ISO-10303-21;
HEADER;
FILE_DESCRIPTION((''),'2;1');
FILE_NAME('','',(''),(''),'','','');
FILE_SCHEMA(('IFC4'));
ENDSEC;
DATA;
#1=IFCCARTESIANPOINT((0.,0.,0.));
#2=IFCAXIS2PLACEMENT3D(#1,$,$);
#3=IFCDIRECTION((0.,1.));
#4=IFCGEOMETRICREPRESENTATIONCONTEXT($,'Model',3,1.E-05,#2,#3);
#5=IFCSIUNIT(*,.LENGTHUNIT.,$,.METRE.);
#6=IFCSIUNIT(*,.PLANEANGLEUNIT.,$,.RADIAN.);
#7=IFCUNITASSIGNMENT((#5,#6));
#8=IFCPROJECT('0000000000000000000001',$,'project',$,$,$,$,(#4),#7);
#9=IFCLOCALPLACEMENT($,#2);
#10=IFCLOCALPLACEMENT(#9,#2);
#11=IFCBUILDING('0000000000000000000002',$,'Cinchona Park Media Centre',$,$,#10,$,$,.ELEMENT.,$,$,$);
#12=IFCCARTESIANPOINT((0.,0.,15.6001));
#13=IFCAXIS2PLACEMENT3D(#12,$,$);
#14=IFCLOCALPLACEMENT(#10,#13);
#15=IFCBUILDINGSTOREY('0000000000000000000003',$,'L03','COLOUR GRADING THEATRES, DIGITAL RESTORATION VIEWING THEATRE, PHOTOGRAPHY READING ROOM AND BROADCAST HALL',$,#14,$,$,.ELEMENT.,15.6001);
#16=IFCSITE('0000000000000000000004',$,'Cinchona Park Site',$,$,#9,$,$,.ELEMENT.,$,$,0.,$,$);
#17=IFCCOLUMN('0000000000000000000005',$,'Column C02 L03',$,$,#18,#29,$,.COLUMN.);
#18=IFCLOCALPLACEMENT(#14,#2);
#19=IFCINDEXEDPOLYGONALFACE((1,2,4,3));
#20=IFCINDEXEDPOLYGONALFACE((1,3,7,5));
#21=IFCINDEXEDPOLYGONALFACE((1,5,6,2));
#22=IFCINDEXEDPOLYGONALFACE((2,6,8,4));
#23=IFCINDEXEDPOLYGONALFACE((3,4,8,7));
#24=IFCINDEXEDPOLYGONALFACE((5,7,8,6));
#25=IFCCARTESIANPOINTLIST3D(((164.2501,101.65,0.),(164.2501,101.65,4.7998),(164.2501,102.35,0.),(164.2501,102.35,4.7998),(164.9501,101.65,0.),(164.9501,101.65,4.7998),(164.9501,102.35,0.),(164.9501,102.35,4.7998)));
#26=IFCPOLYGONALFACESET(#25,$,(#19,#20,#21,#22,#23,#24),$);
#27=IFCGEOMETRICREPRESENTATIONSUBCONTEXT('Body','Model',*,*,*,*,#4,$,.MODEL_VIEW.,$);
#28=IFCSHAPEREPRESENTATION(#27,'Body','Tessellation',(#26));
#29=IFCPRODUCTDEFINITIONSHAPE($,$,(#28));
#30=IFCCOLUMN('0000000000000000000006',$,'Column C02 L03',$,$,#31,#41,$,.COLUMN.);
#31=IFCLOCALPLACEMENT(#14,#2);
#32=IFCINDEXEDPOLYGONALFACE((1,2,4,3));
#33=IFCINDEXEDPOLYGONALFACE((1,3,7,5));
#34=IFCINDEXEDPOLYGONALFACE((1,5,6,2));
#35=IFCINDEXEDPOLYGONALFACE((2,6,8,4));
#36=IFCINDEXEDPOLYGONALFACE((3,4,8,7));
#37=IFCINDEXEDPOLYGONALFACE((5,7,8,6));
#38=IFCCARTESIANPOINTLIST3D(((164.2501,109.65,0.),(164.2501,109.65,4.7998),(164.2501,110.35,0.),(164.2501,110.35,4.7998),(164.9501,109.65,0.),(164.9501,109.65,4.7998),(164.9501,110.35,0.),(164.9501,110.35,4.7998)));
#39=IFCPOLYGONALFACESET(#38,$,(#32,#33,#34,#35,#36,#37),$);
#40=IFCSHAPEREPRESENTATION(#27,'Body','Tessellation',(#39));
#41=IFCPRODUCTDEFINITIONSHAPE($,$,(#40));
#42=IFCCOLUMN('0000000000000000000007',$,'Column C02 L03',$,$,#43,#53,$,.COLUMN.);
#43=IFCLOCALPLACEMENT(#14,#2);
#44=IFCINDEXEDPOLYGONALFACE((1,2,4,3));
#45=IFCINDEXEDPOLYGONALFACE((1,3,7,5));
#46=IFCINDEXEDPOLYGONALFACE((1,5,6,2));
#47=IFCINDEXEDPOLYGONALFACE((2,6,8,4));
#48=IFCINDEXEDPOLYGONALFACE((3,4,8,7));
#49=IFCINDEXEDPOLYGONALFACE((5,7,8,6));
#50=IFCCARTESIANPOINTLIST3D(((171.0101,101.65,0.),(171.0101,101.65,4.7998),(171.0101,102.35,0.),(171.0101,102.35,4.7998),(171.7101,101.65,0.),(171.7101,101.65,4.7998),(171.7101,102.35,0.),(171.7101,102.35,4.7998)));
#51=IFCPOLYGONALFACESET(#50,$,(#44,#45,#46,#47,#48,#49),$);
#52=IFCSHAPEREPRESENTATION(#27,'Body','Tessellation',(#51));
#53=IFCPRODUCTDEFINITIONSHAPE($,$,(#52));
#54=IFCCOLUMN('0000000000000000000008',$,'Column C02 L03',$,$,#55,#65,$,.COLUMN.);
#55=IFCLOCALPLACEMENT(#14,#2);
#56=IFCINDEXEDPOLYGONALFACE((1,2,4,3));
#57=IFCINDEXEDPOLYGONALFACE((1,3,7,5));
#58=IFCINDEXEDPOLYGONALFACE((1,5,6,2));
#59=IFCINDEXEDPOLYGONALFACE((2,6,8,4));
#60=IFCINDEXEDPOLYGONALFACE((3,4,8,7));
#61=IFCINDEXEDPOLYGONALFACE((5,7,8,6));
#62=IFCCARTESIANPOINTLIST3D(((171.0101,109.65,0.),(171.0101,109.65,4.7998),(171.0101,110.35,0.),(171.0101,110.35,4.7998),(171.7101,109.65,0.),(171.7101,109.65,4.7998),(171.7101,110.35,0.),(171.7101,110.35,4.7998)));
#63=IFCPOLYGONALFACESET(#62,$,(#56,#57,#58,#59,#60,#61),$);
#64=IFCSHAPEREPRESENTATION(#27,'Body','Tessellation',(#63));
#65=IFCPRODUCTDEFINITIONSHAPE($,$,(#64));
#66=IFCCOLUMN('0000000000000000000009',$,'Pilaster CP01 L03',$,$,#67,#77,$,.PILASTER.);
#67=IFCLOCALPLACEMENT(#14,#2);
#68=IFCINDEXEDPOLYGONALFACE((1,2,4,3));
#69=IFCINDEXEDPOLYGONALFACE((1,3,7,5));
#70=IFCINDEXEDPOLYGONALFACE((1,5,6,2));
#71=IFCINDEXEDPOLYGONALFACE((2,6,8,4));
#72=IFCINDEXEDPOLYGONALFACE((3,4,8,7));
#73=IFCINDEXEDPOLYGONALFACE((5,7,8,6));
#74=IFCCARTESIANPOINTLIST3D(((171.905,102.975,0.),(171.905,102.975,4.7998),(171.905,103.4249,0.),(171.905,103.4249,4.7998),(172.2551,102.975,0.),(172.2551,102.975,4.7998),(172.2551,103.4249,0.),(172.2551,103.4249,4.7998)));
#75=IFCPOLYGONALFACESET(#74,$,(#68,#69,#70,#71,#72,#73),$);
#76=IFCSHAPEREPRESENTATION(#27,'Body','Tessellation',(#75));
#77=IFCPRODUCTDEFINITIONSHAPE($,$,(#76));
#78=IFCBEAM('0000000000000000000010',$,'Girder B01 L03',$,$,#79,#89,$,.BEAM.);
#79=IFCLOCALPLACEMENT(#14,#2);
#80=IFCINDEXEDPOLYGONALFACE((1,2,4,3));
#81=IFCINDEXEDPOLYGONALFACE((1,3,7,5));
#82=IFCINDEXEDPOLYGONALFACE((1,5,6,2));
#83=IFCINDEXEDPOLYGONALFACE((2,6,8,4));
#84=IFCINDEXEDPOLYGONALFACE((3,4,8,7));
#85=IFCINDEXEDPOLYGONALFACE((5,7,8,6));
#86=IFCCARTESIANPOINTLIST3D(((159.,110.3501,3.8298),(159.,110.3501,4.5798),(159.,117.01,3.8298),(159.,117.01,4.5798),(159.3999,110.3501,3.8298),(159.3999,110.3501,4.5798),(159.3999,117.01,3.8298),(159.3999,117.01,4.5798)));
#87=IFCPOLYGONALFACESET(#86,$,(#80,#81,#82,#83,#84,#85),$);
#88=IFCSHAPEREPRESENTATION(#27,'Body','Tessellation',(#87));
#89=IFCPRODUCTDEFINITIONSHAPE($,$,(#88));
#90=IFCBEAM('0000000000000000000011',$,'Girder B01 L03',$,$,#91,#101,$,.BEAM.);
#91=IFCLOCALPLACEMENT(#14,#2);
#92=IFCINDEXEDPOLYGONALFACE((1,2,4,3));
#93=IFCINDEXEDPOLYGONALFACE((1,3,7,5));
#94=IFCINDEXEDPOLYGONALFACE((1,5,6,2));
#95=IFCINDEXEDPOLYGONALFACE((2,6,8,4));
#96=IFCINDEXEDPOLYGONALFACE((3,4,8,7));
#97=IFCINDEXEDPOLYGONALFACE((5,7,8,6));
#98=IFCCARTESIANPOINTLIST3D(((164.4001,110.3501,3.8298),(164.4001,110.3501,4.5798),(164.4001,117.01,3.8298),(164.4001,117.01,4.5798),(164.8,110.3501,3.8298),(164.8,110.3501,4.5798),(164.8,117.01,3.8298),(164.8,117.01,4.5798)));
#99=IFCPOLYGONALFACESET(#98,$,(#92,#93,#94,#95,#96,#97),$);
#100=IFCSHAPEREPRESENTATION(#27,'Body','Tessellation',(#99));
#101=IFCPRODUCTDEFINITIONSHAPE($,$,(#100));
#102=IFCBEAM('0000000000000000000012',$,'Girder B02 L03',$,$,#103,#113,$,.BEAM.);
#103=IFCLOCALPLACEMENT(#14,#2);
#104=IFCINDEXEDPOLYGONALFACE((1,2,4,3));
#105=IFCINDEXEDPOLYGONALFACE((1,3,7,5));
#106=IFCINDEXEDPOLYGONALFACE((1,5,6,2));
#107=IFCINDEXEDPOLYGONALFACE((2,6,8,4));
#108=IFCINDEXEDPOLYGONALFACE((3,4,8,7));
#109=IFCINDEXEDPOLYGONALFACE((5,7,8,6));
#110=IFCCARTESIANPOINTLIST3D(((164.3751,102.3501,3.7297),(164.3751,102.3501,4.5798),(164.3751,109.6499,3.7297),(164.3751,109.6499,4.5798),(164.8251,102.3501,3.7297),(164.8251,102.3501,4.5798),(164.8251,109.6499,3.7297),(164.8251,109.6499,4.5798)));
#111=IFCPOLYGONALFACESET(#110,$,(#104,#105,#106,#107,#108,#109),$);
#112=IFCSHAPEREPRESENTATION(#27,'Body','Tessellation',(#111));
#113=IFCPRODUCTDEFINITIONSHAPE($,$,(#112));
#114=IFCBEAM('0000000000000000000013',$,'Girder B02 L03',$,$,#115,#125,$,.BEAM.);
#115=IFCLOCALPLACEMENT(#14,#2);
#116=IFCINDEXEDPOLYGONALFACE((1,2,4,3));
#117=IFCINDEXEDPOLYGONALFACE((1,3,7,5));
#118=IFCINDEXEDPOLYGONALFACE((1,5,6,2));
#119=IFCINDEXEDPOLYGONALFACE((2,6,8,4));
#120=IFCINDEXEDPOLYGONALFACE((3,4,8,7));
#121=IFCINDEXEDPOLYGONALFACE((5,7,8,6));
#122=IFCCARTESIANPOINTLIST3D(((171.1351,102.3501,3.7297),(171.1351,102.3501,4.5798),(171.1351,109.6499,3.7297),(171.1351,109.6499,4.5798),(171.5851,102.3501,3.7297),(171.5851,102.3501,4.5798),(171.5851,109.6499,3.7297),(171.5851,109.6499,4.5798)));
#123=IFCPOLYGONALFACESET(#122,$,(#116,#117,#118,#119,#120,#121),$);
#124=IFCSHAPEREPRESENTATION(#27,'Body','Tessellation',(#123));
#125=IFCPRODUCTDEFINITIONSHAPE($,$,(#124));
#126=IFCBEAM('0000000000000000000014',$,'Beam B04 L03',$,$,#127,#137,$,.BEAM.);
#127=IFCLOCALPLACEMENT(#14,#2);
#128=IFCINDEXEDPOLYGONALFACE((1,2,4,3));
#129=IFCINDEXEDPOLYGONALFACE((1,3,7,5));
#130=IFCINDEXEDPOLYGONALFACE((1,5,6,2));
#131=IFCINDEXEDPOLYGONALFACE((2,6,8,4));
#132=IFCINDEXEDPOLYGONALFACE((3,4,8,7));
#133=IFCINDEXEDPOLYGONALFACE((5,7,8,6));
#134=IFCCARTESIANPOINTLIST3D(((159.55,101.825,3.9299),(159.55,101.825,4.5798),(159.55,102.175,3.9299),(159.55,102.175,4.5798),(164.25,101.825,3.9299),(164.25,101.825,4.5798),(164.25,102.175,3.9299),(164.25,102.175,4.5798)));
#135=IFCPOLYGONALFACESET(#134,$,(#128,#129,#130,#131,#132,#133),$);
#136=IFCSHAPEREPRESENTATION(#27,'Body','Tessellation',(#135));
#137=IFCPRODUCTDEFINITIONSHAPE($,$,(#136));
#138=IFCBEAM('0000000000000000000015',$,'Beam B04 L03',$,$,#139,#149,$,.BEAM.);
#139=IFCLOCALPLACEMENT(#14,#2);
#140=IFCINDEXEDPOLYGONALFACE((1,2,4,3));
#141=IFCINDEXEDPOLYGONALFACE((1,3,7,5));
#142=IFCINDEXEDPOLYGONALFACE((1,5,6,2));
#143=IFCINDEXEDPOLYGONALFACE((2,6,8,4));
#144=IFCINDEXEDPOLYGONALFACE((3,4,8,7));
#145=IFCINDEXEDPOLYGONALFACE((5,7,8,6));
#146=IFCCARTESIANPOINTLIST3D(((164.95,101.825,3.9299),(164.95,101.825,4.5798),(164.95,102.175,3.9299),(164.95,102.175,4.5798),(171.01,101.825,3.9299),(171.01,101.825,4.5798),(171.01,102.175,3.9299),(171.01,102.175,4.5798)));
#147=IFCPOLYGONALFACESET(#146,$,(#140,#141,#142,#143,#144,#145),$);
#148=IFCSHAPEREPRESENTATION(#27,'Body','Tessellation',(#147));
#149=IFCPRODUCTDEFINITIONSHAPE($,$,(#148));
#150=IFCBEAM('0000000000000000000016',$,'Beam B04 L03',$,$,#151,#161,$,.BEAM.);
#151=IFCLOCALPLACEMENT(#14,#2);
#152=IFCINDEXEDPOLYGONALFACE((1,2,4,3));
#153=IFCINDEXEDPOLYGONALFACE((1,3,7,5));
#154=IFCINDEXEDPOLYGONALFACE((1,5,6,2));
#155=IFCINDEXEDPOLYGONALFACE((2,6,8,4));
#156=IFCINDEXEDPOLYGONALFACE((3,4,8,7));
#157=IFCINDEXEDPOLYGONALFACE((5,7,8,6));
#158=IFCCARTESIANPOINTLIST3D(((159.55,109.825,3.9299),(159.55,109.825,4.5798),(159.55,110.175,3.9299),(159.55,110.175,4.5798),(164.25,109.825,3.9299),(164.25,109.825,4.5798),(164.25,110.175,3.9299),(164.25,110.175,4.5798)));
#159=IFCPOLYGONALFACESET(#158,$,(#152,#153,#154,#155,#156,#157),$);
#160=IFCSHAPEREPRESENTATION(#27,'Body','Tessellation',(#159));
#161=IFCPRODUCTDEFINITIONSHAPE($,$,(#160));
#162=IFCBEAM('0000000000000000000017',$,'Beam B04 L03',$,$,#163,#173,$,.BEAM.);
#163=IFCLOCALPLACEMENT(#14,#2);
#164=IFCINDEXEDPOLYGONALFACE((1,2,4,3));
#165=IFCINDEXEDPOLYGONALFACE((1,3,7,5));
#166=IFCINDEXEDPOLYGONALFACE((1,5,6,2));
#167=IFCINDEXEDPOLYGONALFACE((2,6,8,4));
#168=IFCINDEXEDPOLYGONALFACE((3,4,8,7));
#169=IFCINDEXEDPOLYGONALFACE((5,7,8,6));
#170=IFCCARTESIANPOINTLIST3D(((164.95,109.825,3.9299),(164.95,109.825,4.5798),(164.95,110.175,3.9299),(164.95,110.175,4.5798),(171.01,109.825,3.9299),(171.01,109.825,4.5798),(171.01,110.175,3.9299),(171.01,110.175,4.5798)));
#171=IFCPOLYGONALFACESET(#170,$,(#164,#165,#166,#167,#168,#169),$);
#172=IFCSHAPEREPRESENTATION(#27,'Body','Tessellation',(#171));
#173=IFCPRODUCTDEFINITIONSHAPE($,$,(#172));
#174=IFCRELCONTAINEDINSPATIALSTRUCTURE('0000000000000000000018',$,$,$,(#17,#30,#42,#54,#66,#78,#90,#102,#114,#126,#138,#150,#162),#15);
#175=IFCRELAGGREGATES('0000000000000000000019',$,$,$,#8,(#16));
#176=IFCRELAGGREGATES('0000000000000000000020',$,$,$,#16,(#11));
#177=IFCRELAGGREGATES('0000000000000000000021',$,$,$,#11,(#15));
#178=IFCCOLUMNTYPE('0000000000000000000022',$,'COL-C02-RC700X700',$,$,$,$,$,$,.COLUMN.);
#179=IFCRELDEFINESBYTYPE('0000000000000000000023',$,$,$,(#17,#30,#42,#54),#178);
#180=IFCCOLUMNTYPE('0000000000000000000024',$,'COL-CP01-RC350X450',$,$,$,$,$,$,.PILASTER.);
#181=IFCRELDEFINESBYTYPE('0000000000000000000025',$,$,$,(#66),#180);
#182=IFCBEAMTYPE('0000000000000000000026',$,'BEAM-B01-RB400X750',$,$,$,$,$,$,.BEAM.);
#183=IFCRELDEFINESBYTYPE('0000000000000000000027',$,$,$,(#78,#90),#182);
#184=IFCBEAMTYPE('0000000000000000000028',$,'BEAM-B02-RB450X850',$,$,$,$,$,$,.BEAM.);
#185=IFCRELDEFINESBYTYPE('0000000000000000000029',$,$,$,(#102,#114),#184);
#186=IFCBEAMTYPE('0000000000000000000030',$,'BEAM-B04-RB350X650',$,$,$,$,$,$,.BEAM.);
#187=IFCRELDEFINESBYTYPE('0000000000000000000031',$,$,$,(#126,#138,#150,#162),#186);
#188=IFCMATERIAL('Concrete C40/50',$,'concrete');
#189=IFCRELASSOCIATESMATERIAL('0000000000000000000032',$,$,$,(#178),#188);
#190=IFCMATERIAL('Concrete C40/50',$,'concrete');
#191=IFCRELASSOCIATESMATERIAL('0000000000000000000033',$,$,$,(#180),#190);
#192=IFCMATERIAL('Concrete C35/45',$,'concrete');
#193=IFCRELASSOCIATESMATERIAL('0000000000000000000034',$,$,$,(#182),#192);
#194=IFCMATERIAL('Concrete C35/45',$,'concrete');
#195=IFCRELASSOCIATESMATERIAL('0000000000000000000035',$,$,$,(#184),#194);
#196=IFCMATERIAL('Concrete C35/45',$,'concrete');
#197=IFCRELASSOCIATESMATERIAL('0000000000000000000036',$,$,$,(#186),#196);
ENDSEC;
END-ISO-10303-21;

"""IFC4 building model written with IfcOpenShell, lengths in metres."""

from ifc_helpers import new_model, si_unit, direction, frame, origin, origin_2d, place, context, subcontext, project, spatial, rectangle, extrude, material, material_profile, profile_set, type_object, element, save


model = new_model("IFC4")

# Units and contexts
model_context = context("Model", 3, precision=1e-05, world=origin(), true_north=direction((0.0, 1.0)))
body_context = subcontext(model_context, "Body", "Model", "MODEL_VIEW")
ifc_project = project(units=[si_unit("LENGTHUNIT", "METRE"), si_unit("PLANEANGLEUNIT", "RADIAN")], contexts=[model_context])

# Site, building, storey
site_placement = place(None, origin())
site = spatial("IfcSite", under=ifc_project, at=site_placement, Name="Cinchona Park Site", CompositionType="ELEMENT", RefElevation=0.0)
building_placement = place(site_placement, origin())
building = spatial("IfcBuilding", under=site, at=building_placement, Name="Cinchona Park Media Centre", CompositionType="ELEMENT")
storey_placement = place(building_placement, frame((0.0, 0.0, 15.6001)))
storey = spatial("IfcBuildingStorey", under=building, at=storey_placement, Name="L03", Description="COLOUR GRADING THEATRES, DIGITAL RESTORATION VIEWING THEATRE, PHOTOGRAPHY READING ROOM AND BROADCAST HALL", CompositionType="ELEMENT", Elevation=15.6001)

# Columns
ifc_material_1 = material(Name="Concrete C40/50", Category="concrete")
ifc_material_profile_1 = material_profile(ifc_material_1, rectangle(XDim=0.7, YDim=0.7, at=origin_2d()), Name="RC 700X700")
ifc_profile_set_1 = profile_set([ifc_material_profile_1], Name="Concrete C40/50")
column_type_1 = type_object("IfcColumnType", Name="COL-C02-RC700X700", PredefinedType="COLUMN", material=ifc_profile_set_1)
for number, where, z_axis, x_axis, name in (
    (1, (164.6001, 102.0, 0.0), (0.0, 0.0, 1.0), (1.0, 0.0, 0.0), "Column C02 L03"),
    (2, (164.6001, 110.0, 0.0), (0.0, 0.0, 1.0), (1.0, 0.0, 0.0), "Column C02 L03"),
    (3, (171.3601, 102.0, 0.0), (0.0, 0.0, 1.0), (1.0, 0.0, 0.0), "Column C02 L03"),
    (4, (171.3601, 110.0, 0.0), (0.0, 0.0, 1.0), (1.0, 0.0, 0.0), "Column C02 L03"),
):
    element("IfcColumn", number, at=place(storey_placement, frame(where, z_axis=z_axis, x_axis=x_axis)), inside=storey, type_object=column_type_1, Name=name, PredefinedType="COLUMN", context=body_context, shape_type="SweptSolid", body=[
        extrude(rectangle(XDim=0.7, YDim=0.7, at=origin_2d()), origin(), (0.0, 0.0, 1.0), 4.7998),
    ])
ifc_material_2 = material(Name="Concrete C40/50", Category="concrete")
ifc_material_profile_2 = material_profile(ifc_material_2, rectangle(XDim=0.3501, YDim=0.45, at=origin_2d()), Name="RC 350X450")
ifc_profile_set_2 = profile_set([ifc_material_profile_2], Name="Concrete C40/50")
column_type_2 = type_object("IfcColumnType", Name="COL-CP01-RC350X450", PredefinedType="PILASTER", material=ifc_profile_set_2)
column_placement = place(storey_placement, frame((172.0801, 103.2, 0.0), z_axis=(0.0, 0.0, 1.0), x_axis=(1.0, 0.0, 0.0)))
element("IfcColumn", 5, at=column_placement, inside=storey, type_object=column_type_2, Name="Pilaster CP01 L03", PredefinedType="PILASTER", context=body_context, shape_type="SweptSolid", body=[
    extrude(rectangle(XDim=0.3501, YDim=0.45, at=origin_2d()), origin(), (0.0, 0.0, 1.0), 4.7998),
])

# Beams
ifc_material_3 = material(Name="Concrete C35/45", Category="concrete")
ifc_material_profile_3 = material_profile(ifc_material_3, rectangle(XDim=0.3999, YDim=0.75, at=origin_2d()), Name="RB 400X750")
ifc_profile_set_3 = profile_set([ifc_material_profile_3], Name="Concrete C35/45")
beam_type_1 = type_object("IfcBeamType", Name="BEAM-B01-RB400X750", PredefinedType="BEAM", material=ifc_profile_set_3)
for number, where, z_axis, x_axis, name in (
    (6, (159.2, 110.3501, 4.2048), (0.0, 1.0, 0.0), (-1.0, 0.0, 0.0), "Girder B01 L03"),
    (7, (164.6001, 110.3501, 4.2048), (0.0, 1.0, 0.0), (-1.0, 0.0, 0.0), "Girder B01 L03"),
):
    element("IfcBeam", number, at=place(storey_placement, frame(where, z_axis=z_axis, x_axis=x_axis)), inside=storey, type_object=beam_type_1, Name=name, PredefinedType="BEAM", context=body_context, shape_type="SweptSolid", body=[
        extrude(rectangle(XDim=0.3999, YDim=0.75, at=origin_2d()), origin(), (0.0, 0.0, 1.0), 6.6599),
    ])
ifc_material_4 = material(Name="Concrete C35/45", Category="concrete")
ifc_material_profile_4 = material_profile(ifc_material_4, rectangle(XDim=0.45, YDim=0.8501, at=origin_2d()), Name="RB 450X850")
ifc_profile_set_4 = profile_set([ifc_material_profile_4], Name="Concrete C35/45")
beam_type_2 = type_object("IfcBeamType", Name="BEAM-B02-RB450X850", PredefinedType="BEAM", material=ifc_profile_set_4)
for number, where, z_axis, x_axis, name in (
    (8, (164.6001, 102.3501, 4.1548), (0.0, 1.0, 0.0), (-1.0, 0.0, 0.0), "Girder B02 L03"),
    (9, (171.3601, 102.3501, 4.1548), (0.0, 1.0, 0.0), (-1.0, 0.0, 0.0), "Girder B02 L03"),
):
    element("IfcBeam", number, at=place(storey_placement, frame(where, z_axis=z_axis, x_axis=x_axis)), inside=storey, type_object=beam_type_2, Name=name, PredefinedType="BEAM", context=body_context, shape_type="SweptSolid", body=[
        extrude(rectangle(XDim=0.45, YDim=0.8501, at=origin_2d()), origin(), (0.0, 0.0, 1.0), 7.2998),
    ])
ifc_material_5 = material(Name="Concrete C35/45", Category="concrete")
ifc_material_profile_5 = material_profile(ifc_material_5, rectangle(XDim=0.3501, YDim=0.6499, at=origin_2d()), Name="RB 350X650")
ifc_profile_set_5 = profile_set([ifc_material_profile_5], Name="Concrete C35/45")
beam_type_3 = type_object("IfcBeamType", Name="BEAM-B04-RB350X650", PredefinedType="BEAM", material=ifc_profile_set_5)
beam_1_placement = place(storey_placement, frame((159.55, 102.0, 4.2549), z_axis=(1.0, 0.0, 0.0), x_axis=(0.0, 1.0, 0.0)))
element("IfcBeam", 10, at=beam_1_placement, inside=storey, type_object=beam_type_3, Name="Beam B04 L03", PredefinedType="BEAM", context=body_context, shape_type="SweptSolid", body=[
    extrude(rectangle(XDim=0.3501, YDim=0.6499, at=origin_2d()), origin(), (0.0, 0.0, 1.0), 4.7),
])
beam_2_placement = place(storey_placement, frame((164.95, 102.0, 4.2549), z_axis=(1.0, 0.0, 0.0), x_axis=(0.0, 1.0, 0.0)))
element("IfcBeam", 11, at=beam_2_placement, inside=storey, type_object=beam_type_3, Name="Beam B04 L03", PredefinedType="BEAM", context=body_context, shape_type="SweptSolid", body=[
    extrude(rectangle(XDim=0.3501, YDim=0.6499, at=origin_2d()), origin(), (0.0, 0.0, 1.0), 6.0601),
])
beam_3_placement = place(storey_placement, frame((159.55, 110.0, 4.2549), z_axis=(1.0, 0.0, 0.0), x_axis=(0.0, 1.0, 0.0)))
element("IfcBeam", 12, at=beam_3_placement, inside=storey, type_object=beam_type_3, Name="Beam B04 L03", PredefinedType="BEAM", context=body_context, shape_type="SweptSolid", body=[
    extrude(rectangle(XDim=0.3501, YDim=0.6499, at=origin_2d()), origin(), (0.0, 0.0, 1.0), 4.7),
])
beam_4_placement = place(storey_placement, frame((164.95, 110.0, 4.2549), z_axis=(1.0, 0.0, 0.0), x_axis=(0.0, 1.0, 0.0)))
element("IfcBeam", 13, at=beam_4_placement, inside=storey, type_object=beam_type_3, Name="Beam B04 L03", PredefinedType="BEAM", context=body_context, shape_type="SweptSolid", body=[
    extrude(rectangle(XDim=0.3501, YDim=0.6499, at=origin_2d()), origin(), (0.0, 0.0, 1.0), 6.0601),
])

save(model, "model.ifc")
